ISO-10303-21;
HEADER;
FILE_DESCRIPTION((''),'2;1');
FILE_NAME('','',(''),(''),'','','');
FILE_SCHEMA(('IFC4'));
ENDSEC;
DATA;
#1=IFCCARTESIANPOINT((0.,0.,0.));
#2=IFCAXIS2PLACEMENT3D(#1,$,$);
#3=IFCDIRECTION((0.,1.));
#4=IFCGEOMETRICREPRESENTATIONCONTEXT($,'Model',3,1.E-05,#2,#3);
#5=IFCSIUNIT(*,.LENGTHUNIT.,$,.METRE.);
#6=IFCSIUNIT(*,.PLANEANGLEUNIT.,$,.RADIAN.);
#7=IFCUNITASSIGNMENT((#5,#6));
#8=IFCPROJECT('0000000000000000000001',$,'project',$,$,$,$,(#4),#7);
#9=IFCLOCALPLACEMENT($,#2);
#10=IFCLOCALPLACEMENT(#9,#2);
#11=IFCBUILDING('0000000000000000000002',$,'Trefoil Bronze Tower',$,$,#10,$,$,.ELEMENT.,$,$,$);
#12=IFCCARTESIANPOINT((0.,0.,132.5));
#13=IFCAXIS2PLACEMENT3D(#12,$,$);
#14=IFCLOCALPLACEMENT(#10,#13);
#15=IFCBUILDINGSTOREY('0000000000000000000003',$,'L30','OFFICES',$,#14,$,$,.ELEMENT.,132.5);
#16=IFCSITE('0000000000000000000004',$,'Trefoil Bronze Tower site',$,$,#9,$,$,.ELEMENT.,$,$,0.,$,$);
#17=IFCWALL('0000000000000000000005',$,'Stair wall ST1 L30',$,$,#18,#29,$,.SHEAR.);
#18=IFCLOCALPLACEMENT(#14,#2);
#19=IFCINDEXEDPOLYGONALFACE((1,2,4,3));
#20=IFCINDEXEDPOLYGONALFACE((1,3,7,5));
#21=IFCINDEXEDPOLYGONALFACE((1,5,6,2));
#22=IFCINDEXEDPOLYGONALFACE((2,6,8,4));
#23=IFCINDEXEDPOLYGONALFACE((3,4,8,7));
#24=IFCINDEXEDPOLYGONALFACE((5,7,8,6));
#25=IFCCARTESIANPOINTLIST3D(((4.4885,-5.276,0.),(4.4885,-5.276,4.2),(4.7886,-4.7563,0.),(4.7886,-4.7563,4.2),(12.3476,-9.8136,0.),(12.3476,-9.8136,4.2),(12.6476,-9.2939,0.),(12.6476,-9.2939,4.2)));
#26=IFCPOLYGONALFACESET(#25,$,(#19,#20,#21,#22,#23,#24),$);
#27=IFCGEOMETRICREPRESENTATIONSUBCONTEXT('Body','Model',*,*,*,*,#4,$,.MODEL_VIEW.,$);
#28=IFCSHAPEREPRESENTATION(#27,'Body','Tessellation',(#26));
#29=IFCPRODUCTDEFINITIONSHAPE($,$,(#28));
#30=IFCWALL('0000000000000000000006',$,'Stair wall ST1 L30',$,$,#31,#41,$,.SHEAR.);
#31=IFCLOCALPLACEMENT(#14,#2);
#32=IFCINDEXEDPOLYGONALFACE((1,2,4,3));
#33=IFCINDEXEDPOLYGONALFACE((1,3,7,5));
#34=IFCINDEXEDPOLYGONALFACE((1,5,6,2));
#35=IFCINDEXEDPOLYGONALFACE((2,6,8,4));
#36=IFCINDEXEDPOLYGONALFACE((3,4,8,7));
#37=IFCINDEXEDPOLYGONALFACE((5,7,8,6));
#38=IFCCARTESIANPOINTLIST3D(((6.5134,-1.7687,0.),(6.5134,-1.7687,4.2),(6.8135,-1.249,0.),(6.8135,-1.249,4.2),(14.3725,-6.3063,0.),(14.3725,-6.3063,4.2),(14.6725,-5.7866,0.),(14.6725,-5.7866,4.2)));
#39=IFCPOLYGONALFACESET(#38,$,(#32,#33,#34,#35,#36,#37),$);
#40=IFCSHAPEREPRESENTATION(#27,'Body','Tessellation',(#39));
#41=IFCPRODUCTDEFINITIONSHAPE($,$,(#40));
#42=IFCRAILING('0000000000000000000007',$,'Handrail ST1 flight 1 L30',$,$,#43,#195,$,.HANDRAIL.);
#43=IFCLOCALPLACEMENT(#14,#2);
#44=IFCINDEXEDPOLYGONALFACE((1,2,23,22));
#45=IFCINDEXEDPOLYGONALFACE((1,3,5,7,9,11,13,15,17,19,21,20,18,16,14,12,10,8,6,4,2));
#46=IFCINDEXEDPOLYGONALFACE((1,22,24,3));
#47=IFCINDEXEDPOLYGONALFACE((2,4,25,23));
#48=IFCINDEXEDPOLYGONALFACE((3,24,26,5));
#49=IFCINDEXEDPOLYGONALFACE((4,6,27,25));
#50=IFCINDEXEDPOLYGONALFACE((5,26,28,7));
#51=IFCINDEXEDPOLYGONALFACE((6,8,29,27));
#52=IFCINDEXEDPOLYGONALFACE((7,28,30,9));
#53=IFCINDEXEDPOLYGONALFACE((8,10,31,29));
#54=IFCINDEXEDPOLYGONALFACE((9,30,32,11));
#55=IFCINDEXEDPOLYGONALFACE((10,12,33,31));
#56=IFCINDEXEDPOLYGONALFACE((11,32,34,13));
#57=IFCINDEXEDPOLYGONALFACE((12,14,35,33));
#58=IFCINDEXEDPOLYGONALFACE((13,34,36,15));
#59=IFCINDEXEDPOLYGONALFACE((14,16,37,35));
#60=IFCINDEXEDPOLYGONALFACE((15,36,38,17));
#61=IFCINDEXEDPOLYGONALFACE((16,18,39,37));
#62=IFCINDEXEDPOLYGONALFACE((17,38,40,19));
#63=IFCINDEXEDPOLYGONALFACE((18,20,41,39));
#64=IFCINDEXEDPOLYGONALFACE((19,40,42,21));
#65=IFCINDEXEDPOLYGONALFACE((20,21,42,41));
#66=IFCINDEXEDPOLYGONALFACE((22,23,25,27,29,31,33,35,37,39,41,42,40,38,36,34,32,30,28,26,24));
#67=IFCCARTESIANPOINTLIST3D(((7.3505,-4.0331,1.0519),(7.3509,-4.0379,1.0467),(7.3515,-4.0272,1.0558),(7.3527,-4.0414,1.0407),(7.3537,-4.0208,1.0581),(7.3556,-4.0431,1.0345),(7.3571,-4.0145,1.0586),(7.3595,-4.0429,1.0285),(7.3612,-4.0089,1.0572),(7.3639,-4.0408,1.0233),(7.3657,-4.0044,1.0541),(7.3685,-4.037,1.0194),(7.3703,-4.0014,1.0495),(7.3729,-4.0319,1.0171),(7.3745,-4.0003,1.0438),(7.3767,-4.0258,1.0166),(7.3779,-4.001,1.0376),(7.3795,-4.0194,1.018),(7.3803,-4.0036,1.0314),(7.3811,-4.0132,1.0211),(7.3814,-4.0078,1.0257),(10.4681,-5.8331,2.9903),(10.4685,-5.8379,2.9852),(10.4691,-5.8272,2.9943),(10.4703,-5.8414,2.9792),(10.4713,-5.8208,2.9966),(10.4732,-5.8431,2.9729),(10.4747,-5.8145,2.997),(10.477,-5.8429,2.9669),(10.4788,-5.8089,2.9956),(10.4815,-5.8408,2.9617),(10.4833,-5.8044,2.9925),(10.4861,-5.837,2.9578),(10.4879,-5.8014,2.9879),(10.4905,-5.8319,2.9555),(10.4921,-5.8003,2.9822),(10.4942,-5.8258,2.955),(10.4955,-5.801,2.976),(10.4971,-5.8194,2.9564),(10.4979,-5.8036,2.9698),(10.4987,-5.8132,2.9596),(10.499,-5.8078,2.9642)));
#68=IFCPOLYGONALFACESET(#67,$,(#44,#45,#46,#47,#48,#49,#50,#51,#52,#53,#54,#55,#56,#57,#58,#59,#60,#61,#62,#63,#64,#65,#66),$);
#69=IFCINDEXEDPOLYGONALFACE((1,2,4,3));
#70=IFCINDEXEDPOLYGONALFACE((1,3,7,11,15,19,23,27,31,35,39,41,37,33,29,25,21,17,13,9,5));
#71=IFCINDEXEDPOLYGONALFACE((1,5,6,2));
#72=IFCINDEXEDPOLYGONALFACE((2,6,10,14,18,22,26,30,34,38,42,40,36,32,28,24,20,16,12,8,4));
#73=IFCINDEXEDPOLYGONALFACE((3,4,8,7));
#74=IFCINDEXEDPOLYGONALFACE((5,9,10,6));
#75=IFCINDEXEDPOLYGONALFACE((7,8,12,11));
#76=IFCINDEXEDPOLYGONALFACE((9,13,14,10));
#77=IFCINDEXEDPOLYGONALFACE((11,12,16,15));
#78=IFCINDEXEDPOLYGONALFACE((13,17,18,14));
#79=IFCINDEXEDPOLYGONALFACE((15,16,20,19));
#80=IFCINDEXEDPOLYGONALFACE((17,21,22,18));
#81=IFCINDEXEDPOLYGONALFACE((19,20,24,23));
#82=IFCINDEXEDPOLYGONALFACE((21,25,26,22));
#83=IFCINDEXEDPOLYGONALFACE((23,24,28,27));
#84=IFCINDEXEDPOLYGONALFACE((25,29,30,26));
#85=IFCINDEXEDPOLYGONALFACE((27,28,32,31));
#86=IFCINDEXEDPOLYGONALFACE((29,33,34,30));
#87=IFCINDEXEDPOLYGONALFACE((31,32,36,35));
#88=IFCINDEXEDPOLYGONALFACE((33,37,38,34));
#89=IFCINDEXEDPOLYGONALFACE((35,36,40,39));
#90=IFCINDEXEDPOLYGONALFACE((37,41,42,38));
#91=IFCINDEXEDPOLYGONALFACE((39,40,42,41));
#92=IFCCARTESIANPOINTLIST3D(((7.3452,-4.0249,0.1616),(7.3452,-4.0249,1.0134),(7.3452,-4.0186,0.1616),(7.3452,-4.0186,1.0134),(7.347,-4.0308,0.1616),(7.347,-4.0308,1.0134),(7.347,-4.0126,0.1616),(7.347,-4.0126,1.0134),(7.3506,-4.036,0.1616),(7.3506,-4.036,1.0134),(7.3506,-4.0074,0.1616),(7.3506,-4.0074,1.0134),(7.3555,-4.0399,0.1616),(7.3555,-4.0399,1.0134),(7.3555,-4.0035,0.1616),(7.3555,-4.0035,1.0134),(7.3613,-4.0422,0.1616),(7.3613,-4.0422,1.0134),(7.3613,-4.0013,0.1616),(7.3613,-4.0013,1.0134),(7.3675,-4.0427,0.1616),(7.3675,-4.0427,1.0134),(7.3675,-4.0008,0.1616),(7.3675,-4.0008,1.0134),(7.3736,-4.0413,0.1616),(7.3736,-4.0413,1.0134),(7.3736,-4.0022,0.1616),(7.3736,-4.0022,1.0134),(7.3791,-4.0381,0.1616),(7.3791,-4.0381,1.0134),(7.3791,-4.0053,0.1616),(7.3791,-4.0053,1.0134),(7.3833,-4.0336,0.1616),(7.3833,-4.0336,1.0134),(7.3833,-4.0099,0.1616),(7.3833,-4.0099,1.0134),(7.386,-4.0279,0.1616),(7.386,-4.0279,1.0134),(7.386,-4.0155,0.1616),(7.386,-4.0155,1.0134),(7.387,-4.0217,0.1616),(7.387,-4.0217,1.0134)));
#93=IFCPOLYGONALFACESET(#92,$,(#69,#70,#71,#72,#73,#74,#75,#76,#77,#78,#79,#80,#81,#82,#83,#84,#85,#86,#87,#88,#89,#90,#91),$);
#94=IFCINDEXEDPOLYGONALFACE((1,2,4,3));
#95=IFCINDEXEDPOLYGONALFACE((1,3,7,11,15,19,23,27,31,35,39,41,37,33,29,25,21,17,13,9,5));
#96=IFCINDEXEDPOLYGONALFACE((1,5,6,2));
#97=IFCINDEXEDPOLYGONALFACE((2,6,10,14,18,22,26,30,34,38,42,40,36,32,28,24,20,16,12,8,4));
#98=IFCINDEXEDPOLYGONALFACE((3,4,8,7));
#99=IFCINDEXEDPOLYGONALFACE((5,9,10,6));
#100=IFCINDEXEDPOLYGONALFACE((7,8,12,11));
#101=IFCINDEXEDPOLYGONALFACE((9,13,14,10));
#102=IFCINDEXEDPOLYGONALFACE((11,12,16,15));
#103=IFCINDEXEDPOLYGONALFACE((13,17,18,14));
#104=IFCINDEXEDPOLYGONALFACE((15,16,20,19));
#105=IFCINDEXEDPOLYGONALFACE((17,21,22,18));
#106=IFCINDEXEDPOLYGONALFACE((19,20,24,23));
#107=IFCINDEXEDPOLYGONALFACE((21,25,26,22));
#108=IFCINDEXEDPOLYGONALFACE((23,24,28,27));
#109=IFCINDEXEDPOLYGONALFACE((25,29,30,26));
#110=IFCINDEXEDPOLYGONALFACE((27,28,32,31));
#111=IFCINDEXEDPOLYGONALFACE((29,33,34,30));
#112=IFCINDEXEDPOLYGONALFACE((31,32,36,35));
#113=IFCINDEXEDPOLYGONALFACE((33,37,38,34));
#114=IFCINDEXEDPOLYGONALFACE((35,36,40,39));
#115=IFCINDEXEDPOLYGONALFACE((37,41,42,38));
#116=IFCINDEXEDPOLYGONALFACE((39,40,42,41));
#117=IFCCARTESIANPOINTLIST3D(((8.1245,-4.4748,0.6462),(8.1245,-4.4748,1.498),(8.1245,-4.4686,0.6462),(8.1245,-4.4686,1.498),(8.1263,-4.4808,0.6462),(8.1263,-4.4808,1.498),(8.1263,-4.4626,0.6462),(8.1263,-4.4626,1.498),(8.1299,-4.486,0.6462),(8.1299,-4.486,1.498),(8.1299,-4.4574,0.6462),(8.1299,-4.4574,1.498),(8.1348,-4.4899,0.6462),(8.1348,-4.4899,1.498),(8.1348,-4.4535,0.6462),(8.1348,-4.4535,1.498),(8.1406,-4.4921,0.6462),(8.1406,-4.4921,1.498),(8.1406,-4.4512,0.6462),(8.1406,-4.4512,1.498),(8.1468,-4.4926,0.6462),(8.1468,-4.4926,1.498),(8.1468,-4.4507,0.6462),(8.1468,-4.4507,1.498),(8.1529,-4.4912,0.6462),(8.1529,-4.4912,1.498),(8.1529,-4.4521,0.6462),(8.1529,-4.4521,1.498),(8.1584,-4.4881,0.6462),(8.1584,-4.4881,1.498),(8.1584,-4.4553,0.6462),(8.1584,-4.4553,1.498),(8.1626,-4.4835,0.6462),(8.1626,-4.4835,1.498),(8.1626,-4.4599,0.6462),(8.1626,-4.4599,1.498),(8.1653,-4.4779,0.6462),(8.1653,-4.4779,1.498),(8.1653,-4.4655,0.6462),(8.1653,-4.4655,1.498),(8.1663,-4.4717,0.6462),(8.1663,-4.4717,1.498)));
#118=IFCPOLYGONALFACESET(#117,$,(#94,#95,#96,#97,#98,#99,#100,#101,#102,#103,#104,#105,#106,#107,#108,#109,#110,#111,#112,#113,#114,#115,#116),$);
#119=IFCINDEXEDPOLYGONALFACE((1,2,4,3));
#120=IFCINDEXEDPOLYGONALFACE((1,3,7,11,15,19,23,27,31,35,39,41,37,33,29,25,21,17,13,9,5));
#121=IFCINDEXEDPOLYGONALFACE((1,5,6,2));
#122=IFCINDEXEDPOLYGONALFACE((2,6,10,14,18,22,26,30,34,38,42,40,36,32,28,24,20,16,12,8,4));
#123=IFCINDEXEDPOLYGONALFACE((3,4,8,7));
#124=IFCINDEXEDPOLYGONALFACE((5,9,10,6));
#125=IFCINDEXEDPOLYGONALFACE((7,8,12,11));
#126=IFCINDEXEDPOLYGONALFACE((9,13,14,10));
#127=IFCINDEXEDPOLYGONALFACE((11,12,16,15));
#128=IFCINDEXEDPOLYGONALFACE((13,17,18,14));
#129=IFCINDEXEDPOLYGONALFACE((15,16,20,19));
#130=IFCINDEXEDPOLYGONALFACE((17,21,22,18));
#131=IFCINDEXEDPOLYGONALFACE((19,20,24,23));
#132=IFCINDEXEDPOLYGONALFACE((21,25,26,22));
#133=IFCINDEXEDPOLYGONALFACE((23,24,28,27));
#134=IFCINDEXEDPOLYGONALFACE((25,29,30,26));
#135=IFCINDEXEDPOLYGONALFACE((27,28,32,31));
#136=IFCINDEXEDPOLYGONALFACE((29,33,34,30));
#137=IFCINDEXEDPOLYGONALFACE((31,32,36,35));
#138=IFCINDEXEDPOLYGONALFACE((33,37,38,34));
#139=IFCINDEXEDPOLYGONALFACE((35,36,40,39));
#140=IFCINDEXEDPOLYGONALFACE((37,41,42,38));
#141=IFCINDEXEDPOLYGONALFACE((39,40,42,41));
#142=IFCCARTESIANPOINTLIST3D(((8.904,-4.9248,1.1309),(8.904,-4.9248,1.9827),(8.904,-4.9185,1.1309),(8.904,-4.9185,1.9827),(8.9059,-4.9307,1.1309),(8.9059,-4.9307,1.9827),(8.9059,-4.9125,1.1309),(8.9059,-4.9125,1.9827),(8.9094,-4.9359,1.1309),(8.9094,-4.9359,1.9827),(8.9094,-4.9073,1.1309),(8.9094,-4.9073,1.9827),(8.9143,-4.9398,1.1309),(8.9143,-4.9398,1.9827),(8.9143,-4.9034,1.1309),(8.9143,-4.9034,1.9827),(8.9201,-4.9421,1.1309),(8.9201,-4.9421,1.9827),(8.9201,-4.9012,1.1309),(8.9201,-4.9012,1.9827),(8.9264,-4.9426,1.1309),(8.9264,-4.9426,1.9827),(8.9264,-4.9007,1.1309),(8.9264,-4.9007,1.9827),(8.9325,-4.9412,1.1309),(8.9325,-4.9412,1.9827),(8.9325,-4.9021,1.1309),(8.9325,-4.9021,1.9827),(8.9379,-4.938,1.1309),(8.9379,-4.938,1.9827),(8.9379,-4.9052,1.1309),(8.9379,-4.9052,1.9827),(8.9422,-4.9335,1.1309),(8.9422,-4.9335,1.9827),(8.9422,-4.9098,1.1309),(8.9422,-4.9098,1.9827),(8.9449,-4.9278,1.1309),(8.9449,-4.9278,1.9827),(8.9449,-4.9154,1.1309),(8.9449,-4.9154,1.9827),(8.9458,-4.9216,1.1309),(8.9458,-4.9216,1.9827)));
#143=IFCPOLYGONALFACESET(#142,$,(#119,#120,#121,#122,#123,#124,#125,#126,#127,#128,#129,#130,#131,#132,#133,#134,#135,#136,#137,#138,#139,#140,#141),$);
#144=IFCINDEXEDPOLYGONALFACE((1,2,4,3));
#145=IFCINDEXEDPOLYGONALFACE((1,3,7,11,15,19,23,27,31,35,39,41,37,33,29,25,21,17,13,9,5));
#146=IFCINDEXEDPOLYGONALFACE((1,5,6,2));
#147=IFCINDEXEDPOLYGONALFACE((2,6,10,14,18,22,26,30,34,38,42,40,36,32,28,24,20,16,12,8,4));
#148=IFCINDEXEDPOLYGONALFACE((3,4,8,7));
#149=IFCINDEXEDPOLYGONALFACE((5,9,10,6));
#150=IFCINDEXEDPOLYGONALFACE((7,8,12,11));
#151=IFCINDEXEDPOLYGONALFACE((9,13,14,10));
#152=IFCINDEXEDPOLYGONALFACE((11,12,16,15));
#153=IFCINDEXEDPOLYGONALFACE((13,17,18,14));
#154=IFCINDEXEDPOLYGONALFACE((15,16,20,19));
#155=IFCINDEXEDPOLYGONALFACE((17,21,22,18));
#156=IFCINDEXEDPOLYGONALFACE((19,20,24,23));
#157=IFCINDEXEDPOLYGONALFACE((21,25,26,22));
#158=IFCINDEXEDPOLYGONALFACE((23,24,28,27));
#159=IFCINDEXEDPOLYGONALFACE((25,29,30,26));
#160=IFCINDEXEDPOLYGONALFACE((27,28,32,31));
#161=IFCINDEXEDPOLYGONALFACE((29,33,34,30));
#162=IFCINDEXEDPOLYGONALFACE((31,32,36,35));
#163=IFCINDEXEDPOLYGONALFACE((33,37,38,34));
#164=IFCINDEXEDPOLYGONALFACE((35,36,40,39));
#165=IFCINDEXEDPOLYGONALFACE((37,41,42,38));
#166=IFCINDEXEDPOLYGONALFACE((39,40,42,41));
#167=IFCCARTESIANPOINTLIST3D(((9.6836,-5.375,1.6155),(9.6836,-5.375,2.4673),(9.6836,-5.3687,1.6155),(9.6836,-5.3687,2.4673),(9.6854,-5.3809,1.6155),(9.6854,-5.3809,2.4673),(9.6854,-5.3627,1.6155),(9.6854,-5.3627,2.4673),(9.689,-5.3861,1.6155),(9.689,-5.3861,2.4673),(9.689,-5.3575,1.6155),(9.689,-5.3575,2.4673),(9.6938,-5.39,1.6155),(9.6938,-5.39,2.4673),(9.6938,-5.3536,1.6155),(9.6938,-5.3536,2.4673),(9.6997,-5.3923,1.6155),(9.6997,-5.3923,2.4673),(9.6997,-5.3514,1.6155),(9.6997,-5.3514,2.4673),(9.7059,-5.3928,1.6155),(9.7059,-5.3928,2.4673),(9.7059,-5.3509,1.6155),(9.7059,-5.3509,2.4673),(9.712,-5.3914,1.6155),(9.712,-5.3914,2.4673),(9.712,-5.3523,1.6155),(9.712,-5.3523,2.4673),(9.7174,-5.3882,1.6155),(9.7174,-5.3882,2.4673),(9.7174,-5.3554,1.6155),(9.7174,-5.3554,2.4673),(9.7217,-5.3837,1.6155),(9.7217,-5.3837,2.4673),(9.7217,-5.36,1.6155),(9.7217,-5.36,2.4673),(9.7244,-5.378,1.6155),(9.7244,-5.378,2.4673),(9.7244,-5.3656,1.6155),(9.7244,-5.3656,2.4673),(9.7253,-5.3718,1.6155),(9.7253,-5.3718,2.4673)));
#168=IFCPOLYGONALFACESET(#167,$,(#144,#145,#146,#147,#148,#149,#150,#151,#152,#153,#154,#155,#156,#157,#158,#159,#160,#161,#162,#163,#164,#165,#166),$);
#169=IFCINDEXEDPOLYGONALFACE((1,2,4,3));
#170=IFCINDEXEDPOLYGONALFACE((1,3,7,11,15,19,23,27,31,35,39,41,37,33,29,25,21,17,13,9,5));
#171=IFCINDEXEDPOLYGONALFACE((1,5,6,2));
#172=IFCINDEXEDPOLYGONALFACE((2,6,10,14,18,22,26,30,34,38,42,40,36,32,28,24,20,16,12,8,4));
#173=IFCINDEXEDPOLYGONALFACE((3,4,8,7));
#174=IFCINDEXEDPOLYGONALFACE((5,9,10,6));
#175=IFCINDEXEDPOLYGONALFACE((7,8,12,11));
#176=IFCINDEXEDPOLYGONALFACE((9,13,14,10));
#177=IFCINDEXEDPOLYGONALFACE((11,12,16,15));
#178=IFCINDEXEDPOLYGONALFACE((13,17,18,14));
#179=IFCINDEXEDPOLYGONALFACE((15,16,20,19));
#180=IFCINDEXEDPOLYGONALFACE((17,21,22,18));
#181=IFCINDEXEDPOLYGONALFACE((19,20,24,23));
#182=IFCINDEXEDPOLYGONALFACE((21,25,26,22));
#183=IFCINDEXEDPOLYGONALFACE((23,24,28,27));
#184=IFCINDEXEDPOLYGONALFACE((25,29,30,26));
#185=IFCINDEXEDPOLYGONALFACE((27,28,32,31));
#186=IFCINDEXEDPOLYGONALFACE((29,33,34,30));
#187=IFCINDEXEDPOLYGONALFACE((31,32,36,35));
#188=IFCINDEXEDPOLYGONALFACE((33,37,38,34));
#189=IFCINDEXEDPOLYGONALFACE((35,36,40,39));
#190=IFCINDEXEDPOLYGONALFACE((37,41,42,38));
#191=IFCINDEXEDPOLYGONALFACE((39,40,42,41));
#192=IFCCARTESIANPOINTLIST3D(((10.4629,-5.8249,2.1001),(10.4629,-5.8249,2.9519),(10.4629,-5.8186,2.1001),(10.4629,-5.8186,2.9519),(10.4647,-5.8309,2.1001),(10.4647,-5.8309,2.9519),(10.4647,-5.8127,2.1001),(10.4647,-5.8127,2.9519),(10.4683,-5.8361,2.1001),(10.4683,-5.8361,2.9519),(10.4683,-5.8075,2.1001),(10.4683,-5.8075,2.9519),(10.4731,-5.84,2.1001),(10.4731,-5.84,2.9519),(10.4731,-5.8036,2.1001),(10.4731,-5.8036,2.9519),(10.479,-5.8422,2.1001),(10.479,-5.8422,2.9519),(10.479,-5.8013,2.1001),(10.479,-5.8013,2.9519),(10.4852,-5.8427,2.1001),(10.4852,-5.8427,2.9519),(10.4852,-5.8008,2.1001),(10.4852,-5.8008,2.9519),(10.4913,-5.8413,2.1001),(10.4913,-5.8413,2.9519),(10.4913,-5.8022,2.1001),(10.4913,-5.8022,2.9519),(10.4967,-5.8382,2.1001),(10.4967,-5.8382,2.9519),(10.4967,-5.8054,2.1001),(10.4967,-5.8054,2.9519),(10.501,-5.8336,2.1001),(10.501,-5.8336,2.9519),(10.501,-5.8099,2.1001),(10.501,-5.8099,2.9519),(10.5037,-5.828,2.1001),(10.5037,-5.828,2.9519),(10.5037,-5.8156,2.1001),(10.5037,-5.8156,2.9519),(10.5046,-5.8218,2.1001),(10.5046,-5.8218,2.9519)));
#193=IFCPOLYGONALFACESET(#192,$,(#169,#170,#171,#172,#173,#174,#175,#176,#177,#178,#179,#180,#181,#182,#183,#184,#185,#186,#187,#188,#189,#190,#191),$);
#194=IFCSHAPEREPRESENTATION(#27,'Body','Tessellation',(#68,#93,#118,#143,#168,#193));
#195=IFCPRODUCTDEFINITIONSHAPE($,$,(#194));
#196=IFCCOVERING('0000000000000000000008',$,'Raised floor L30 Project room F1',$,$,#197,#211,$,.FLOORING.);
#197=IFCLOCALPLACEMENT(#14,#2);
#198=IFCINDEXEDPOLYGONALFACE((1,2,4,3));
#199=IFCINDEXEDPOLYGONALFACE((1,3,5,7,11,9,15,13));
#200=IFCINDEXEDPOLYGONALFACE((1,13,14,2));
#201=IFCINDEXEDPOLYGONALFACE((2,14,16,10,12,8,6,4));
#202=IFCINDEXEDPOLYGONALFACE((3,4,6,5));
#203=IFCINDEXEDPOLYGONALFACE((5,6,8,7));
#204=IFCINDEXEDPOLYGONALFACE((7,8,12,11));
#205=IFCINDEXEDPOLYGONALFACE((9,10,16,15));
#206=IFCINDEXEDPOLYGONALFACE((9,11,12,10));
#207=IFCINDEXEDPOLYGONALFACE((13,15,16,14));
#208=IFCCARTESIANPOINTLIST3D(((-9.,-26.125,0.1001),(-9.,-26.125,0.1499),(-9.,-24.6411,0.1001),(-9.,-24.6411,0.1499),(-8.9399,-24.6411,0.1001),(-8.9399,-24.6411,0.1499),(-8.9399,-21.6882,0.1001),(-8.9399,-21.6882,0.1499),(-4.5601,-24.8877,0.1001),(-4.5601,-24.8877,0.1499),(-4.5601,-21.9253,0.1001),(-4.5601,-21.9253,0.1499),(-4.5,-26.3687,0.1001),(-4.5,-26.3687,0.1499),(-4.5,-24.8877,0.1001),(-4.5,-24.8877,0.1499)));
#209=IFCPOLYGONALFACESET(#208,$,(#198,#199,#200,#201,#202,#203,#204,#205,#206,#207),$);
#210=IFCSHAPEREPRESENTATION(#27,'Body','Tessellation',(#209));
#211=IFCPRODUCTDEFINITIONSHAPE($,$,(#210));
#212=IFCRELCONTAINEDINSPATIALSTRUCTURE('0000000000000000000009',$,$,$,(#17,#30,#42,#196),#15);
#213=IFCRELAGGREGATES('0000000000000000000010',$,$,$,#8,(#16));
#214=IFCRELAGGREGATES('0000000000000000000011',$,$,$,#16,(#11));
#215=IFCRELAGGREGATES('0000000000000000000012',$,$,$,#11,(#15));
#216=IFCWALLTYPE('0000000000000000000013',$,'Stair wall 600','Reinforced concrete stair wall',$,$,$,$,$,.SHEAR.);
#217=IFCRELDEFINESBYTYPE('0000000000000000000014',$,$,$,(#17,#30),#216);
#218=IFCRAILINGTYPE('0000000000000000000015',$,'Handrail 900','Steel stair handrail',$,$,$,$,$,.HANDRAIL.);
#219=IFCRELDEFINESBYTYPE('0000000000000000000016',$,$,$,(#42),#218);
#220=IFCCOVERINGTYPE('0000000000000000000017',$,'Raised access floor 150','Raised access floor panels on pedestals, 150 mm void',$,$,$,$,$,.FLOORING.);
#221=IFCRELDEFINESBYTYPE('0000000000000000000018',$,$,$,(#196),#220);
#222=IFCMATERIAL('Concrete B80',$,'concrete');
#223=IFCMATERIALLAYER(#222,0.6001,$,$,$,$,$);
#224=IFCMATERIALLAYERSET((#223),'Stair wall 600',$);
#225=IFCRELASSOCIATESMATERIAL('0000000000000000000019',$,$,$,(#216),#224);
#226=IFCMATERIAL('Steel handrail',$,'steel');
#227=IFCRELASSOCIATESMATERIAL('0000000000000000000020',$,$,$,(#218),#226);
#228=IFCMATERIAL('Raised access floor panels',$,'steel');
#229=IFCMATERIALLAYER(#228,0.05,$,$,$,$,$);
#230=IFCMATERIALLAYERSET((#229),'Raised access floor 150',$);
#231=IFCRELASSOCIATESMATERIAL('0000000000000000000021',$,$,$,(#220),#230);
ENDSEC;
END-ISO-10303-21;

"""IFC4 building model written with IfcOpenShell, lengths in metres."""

from ifc_helpers import new_model, si_unit, direction, frame, frame_2d, origin, origin_2d, place, context, subcontext, project, spatial, polyline, rectangle, circle, outline, extrude, material, layer, layer_set, type_object, element, save


model = new_model("IFC4")

# Units and contexts
model_context = context("Model", 3, precision=1e-05, world=origin(), true_north=direction((0.0, 1.0)))
body_context = subcontext(model_context, "Body", "Model", "MODEL_VIEW")
ifc_project = project(units=[si_unit("LENGTHUNIT", "METRE"), si_unit("PLANEANGLEUNIT", "RADIAN")], contexts=[model_context])

# Site, building, storey
site_placement = place(None, origin())
site = spatial("IfcSite", under=ifc_project, at=site_placement, Name="Trefoil Bronze Tower site", CompositionType="ELEMENT", RefElevation=0.0)
building_placement = place(site_placement, origin())
building = spatial("IfcBuilding", under=site, at=building_placement, Name="Trefoil Bronze Tower", CompositionType="ELEMENT")
storey_placement = place(building_placement, frame((0.0, 0.0, 132.5)))
storey = spatial("IfcBuildingStorey", under=building, at=storey_placement, Name="L30", Description="OFFICES", CompositionType="ELEMENT", Elevation=132.5)

# Walls
ifc_material_1 = material(Name="Concrete B80", Category="concrete")
ifc_layer_1 = layer(ifc_material_1, 0.6001)
ifc_layer_set_1 = layer_set([ifc_layer_1], Name="Stair wall 600")
wall_type_1 = type_object("IfcWallType", Name="Stair wall 600", Description="Reinforced concrete stair wall", PredefinedType="SHEAR", material=ifc_layer_set_1)
for number, where, z_axis, x_axis, name in (
    (1, (4.6384, -5.0161, 0.0), (0.0, 0.0, 1.0), (0.866019, -0.50001, 0.0), "Stair wall ST1 L30"),
    (2, (6.6633, -1.5088, 0.0), (0.0, 0.0, 1.0), (0.866019, -0.50001, 0.0), "Stair wall ST1 L30"),
):
    element("IfcWall", number, at=place(storey_placement, frame(where, z_axis=z_axis, x_axis=x_axis)), inside=storey, type_object=wall_type_1, Name=name, PredefinedType="SHEAR", context=body_context, shape_type="SweptSolid", body=[
        extrude(rectangle(XDim=9.075, YDim=0.6001, at=frame_2d((4.5376, 0.0))), origin(), (0.0, 0.0, 1.0), 4.2),
    ])

# Railing
ifc_material_2 = material(Name="Steel handrail", Category="steel")
railing_type = type_object("IfcRailingType", Name="Handrail 900", Description="Steel stair handrail", PredefinedType="HANDRAIL", material=ifc_material_2)
railing_placement = place(storey_placement, frame((7.366, -4.0217, 0.1616)))
element("IfcRailing", 3, at=railing_placement, inside=storey, type_object=railing_type, Name="Handrail ST1 flight 1 L30", PredefinedType="HANDRAIL", context=body_context, shape_type="SweptSolid", body=[
    extrude(circle(Radius=0.0239, at=origin_2d()), frame((0.0, 0.0, 0.876), z_axis=(0.762503, -0.440246, 0.474102), x_axis=(0.500012, 0.866018, 0.0)), (0.0, 0.0, 1.0), 4.0886),
    extrude(circle(Radius=0.021, at=origin_2d()), origin(), (0.0, 0.0, 1.0), 0.8518),
    extrude(circle(Radius=0.021, at=origin_2d()), frame((0.7793, -0.45, 0.4846)), (0.0, 0.0, 1.0), 0.8518),
    extrude(circle(Radius=0.021, at=origin_2d()), frame((1.5588, -0.8999, 0.9692)), (0.0, 0.0, 1.0), 0.8518),
    extrude(circle(Radius=0.021, at=origin_2d()), frame((2.3384, -1.3501, 1.4539)), (0.0, 0.0, 1.0), 0.8518),
    extrude(circle(Radius=0.021, at=origin_2d()), frame((3.1177, -1.8, 1.9385)), (0.0, 0.0, 1.0), 0.8518),
])

# Covering
ifc_material_3 = material(Name="Raised access floor panels", Category="steel")
ifc_layer_2 = layer(ifc_material_3, 0.05)
ifc_layer_set_2 = layer_set([ifc_layer_2], Name="Raised access floor 150")
covering_type_1 = type_object("IfcCoveringType", Name="Raised access floor 150", Description="Raised access floor panels on pedestals, 150 mm void", PredefinedType="FLOORING", material=ifc_layer_set_2)
covering_1_placement = place(storey_placement, frame((0.0, 0.0, 0.1001)))
element("IfcCovering", 4, at=covering_1_placement, inside=storey, type_object=covering_type_1, Name="Raised floor L30 Project room F1", PredefinedType="FLOORING", context=body_context, shape_type="SweptSolid", body=[
    extrude(outline(polyline([(-4.5, -26.3687), (-9.0, -26.125), (-9.0, -24.6411), (-8.9399, -24.6411), (-8.9399, -21.6882), (-4.5601, -21.9253), (-4.5601, -24.8877), (-4.5, -24.8877), (-4.5, -26.3687)])), origin(), (0.0, 0.0, 1.0), 0.0498),
])

save(model, "model.ifc")
